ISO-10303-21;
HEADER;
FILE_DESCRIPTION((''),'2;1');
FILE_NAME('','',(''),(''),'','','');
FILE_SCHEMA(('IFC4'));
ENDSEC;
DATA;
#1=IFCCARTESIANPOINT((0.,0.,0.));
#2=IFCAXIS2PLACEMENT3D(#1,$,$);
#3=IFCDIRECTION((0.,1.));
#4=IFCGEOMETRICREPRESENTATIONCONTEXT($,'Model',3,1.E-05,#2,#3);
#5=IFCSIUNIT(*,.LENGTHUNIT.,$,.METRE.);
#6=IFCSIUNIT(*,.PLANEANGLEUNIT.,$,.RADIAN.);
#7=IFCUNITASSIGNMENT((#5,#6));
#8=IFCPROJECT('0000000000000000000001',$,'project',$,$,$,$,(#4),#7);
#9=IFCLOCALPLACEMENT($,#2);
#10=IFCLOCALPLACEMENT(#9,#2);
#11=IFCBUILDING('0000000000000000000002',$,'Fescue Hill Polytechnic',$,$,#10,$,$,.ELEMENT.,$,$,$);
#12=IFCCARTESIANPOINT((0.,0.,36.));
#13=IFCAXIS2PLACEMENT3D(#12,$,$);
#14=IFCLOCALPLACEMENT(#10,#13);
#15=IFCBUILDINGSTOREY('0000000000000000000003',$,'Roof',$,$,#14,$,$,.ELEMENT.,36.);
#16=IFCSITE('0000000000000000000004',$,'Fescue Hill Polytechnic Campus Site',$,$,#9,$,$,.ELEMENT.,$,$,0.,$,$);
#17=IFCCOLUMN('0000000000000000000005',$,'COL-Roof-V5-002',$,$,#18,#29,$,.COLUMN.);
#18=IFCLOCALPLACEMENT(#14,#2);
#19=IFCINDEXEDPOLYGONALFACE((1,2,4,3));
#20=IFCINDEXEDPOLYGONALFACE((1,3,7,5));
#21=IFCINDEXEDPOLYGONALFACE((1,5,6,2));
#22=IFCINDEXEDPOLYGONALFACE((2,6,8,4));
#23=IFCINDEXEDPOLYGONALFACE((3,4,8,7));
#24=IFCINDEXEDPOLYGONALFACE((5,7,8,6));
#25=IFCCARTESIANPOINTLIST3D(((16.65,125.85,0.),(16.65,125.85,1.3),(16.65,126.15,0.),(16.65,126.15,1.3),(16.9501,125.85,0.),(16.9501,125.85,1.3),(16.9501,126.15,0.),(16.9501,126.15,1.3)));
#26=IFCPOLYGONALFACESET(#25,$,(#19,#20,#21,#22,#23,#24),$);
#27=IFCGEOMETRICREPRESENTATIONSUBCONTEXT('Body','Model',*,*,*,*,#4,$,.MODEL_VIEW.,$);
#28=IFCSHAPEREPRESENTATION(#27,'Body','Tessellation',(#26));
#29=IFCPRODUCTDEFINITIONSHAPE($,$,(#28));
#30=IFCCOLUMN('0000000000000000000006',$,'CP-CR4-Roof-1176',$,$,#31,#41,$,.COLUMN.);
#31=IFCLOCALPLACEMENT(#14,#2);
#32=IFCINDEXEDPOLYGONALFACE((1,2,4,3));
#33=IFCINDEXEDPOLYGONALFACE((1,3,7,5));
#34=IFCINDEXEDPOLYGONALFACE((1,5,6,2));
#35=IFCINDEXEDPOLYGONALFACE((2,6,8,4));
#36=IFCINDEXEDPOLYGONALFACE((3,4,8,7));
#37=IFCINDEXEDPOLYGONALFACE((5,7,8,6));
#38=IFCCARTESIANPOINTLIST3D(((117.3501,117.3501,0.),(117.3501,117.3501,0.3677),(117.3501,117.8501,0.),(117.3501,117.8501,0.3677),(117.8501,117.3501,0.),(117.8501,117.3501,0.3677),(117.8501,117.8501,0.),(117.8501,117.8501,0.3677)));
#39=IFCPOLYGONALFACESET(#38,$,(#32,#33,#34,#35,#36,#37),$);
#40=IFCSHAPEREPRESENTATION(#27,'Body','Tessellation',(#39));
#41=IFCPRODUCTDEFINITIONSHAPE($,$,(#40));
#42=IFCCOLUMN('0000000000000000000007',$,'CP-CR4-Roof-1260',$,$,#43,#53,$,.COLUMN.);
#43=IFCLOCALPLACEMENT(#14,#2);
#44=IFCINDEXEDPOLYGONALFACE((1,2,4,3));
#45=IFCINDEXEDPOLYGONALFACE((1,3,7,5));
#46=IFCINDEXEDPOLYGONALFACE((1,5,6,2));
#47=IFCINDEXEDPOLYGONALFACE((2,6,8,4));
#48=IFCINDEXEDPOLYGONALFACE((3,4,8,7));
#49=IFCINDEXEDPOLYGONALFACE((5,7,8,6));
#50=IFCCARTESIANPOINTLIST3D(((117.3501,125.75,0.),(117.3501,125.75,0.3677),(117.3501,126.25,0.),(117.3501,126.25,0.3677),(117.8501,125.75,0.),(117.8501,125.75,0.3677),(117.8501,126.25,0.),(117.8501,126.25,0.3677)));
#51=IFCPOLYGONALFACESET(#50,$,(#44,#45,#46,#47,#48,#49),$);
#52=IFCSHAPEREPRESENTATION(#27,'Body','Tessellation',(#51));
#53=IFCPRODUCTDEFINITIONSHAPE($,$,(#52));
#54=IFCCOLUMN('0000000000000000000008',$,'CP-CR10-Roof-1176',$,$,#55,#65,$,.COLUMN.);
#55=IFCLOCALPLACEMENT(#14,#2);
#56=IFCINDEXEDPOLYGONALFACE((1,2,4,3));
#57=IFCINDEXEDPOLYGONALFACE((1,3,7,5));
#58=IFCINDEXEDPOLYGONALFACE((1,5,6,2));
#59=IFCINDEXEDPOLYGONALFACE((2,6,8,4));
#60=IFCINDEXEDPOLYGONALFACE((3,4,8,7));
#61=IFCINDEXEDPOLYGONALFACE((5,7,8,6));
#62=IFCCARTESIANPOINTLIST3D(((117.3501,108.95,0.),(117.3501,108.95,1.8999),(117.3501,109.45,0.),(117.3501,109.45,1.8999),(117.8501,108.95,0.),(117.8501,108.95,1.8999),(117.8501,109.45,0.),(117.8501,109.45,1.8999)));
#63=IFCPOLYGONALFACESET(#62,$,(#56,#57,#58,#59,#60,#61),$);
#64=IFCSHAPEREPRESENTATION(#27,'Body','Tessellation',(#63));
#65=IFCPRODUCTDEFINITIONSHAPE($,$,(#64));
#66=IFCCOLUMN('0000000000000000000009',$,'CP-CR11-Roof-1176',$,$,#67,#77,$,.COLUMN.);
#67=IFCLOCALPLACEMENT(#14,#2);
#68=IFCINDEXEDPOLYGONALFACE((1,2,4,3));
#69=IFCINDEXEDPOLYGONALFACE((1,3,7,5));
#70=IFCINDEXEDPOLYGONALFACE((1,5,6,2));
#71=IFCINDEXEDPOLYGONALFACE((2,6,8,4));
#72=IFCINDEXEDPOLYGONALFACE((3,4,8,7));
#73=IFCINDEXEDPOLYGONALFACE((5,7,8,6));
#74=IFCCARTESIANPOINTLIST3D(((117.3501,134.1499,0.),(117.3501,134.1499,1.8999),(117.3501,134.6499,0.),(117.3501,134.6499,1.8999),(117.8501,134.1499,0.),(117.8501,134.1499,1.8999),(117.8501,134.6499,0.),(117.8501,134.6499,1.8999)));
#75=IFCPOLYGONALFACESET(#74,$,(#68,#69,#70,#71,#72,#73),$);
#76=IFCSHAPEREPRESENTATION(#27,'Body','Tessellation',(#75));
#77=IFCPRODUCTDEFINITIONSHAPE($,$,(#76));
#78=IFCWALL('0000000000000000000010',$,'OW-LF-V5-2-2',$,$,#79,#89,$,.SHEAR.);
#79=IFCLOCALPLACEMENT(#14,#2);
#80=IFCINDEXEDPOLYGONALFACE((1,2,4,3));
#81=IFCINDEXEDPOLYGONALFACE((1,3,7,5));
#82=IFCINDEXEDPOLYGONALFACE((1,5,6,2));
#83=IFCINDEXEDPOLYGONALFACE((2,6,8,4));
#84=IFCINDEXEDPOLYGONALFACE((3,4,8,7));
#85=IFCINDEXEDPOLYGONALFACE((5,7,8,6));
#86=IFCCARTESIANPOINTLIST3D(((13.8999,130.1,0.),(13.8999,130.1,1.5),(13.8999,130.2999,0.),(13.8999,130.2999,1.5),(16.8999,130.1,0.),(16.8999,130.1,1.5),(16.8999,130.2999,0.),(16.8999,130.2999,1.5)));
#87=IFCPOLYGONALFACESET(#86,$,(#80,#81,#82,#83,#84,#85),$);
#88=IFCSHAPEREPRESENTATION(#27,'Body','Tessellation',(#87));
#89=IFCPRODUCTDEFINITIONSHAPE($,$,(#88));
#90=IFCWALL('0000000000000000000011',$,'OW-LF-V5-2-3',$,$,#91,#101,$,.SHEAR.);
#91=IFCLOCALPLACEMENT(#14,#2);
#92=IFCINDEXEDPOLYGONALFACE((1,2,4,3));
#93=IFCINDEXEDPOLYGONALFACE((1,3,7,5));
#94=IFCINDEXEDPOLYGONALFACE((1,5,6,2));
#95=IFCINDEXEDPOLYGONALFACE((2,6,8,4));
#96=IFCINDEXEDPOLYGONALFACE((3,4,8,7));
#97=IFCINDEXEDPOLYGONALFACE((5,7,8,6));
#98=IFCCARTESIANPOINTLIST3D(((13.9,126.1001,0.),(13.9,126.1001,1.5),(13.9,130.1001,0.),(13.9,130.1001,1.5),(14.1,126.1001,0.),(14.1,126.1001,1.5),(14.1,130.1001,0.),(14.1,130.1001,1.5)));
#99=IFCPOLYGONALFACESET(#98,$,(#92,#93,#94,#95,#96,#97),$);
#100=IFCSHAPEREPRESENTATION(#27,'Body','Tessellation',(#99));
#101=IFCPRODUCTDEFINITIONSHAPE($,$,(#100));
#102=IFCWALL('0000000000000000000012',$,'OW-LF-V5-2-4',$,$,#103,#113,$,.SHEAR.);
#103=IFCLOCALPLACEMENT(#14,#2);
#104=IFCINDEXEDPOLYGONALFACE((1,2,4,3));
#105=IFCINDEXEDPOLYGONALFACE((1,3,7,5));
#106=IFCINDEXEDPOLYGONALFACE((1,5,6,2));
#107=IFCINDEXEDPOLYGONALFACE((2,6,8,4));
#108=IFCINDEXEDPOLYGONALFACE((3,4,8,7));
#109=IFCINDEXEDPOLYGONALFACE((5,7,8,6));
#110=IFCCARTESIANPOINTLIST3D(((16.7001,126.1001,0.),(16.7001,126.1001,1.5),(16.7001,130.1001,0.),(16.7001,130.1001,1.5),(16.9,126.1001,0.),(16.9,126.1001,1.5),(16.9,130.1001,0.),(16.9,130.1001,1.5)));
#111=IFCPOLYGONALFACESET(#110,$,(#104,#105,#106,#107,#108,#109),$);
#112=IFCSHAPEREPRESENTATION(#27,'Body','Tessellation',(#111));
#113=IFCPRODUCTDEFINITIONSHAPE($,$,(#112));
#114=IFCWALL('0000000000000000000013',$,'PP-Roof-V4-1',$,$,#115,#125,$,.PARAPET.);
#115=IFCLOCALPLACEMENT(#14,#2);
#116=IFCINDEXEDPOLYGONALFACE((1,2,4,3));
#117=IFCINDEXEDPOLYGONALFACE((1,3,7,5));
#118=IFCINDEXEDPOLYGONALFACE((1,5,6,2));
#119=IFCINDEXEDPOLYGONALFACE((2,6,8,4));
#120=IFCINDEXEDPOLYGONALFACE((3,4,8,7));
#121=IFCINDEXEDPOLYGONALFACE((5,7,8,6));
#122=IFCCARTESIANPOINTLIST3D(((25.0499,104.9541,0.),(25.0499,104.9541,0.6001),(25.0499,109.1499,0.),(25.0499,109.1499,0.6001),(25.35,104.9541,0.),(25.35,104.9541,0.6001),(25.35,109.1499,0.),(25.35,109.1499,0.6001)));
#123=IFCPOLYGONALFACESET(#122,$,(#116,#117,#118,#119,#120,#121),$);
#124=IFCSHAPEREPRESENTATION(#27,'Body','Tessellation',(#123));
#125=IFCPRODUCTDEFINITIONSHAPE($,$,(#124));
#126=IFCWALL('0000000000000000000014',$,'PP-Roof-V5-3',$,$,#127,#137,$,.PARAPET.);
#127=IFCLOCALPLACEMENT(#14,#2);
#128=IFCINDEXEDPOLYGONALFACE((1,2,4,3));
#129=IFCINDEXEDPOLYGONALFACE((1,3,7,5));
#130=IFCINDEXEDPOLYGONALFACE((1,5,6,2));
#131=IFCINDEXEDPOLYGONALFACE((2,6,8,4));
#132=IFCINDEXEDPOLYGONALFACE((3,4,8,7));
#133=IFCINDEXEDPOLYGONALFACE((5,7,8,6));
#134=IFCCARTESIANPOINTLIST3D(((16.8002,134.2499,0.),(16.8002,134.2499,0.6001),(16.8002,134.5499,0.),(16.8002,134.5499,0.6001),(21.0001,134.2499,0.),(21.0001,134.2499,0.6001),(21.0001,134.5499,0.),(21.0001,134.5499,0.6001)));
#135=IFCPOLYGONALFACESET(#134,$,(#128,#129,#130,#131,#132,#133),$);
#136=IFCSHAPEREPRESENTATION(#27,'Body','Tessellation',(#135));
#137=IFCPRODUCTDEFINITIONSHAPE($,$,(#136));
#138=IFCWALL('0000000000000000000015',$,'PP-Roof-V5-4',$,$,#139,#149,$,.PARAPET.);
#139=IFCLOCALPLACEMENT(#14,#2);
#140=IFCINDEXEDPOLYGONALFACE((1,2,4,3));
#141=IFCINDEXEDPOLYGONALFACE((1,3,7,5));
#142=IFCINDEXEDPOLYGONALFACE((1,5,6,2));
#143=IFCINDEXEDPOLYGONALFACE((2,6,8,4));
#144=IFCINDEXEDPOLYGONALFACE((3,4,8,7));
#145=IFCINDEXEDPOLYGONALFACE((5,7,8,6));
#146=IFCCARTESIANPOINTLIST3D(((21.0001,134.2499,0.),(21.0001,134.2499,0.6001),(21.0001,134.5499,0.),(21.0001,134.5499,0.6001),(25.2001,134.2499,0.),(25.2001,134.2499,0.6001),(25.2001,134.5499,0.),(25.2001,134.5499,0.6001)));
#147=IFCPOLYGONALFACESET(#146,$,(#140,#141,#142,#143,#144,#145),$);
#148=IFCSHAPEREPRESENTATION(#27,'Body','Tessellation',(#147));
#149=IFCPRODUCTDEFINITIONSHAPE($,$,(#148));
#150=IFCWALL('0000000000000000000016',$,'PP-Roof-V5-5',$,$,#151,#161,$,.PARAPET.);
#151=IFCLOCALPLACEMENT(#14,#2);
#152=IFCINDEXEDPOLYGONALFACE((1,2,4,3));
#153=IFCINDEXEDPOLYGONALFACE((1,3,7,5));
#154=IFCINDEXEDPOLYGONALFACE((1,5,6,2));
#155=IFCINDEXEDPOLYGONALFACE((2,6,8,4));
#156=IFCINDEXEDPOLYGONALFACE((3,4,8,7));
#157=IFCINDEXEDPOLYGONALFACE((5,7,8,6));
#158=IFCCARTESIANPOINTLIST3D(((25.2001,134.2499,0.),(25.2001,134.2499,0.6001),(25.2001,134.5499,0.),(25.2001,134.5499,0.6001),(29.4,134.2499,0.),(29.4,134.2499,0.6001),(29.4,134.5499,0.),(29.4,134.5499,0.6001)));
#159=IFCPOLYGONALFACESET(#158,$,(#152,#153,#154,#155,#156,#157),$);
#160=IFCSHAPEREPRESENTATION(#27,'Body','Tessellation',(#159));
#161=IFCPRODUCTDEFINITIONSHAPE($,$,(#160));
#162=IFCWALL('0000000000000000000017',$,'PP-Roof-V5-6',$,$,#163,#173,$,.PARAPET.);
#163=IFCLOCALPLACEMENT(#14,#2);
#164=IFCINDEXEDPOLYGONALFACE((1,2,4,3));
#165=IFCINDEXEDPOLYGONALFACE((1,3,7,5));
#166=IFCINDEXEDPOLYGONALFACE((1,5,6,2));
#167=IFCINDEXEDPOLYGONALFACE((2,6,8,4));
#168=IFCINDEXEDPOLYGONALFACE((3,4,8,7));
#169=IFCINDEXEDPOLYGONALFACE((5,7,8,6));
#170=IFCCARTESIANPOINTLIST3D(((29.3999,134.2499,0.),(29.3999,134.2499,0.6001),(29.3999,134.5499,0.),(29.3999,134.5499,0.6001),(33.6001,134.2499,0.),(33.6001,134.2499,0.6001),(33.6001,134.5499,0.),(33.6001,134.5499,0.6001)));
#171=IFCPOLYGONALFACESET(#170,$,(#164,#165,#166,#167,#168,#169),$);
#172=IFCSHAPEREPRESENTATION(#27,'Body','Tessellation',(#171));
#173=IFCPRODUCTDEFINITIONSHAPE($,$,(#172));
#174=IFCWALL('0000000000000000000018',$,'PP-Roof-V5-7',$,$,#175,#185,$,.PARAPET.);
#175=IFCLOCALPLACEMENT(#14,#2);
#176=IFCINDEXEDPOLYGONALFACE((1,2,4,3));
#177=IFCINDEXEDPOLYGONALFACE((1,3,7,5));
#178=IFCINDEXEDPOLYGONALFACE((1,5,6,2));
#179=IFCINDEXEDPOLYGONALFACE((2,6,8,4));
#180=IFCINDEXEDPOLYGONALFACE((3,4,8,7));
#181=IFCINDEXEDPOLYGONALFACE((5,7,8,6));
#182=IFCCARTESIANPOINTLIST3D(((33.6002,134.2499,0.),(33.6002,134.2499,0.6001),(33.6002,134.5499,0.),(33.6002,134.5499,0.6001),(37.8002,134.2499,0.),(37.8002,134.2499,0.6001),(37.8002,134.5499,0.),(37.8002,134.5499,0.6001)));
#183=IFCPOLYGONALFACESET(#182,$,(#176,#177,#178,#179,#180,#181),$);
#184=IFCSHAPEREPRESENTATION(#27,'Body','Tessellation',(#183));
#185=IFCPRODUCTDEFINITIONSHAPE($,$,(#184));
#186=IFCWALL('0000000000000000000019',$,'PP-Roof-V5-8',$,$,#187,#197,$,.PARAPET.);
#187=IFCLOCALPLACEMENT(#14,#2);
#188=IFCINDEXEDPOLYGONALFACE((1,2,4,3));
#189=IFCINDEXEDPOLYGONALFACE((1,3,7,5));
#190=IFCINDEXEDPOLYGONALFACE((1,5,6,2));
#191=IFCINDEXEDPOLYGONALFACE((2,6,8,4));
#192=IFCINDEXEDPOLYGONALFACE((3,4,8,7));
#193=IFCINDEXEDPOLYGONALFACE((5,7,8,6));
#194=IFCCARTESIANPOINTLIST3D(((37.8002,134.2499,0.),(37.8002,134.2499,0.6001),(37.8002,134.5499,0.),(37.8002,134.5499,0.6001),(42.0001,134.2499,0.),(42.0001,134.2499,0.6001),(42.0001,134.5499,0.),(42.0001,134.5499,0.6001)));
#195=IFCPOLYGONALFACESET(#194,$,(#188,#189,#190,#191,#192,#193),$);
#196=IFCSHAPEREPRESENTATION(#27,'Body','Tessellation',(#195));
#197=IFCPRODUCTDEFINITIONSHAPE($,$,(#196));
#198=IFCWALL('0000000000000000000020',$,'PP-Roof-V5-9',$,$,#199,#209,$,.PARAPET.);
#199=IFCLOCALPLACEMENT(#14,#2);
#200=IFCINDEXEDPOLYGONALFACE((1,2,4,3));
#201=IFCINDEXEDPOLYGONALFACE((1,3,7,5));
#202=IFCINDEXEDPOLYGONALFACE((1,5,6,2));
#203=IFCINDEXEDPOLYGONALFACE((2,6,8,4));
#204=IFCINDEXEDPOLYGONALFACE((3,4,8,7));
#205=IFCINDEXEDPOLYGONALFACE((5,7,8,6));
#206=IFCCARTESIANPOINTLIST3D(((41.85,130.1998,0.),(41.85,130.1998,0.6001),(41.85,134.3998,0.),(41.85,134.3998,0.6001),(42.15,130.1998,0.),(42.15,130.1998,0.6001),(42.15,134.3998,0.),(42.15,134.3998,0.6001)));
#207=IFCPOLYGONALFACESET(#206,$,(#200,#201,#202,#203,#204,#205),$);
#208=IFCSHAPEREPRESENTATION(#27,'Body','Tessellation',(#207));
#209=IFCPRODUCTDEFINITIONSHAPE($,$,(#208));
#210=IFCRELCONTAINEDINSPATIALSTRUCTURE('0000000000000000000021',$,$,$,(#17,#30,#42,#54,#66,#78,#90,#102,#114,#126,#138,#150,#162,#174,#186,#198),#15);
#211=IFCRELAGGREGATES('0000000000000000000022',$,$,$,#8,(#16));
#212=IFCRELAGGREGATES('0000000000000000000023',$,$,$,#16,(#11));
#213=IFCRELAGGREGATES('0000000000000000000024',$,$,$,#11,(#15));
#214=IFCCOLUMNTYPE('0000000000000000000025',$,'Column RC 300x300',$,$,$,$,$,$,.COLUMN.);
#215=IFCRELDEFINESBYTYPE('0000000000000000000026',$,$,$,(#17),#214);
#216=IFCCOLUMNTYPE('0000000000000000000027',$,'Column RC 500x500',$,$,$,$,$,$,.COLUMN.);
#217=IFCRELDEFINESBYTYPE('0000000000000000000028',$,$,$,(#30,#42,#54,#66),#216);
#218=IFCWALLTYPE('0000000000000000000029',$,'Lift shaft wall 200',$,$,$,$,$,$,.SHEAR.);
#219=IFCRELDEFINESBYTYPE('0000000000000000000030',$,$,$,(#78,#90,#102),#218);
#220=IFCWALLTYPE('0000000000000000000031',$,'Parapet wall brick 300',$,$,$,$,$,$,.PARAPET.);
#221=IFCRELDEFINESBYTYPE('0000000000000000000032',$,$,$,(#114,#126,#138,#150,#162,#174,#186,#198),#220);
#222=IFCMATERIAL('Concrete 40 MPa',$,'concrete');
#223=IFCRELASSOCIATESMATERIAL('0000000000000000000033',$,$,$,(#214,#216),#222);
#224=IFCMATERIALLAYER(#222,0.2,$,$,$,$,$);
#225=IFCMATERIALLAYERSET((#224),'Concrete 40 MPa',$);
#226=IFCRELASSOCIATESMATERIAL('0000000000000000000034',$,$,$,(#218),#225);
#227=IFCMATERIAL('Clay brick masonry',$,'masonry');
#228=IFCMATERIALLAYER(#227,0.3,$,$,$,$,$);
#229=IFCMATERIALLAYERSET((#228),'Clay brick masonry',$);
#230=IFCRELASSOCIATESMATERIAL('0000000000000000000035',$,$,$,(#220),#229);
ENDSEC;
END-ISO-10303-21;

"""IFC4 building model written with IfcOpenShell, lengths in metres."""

from ifc_helpers import new_model, si_unit, direction, frame, frame_2d, origin, origin_2d, place, context, subcontext, project, spatial, rectangle, extrude, material, layer, layer_set, material_profile, profile_set, type_object, element, save


model = new_model("IFC4")

# Units and contexts
model_context = context("Model", 3, precision=1e-05, world=origin(), true_north=direction((0.0, 1.0)))
body_context = subcontext(model_context, "Body", "Model", "MODEL_VIEW")
ifc_project = project(units=[si_unit("LENGTHUNIT", "METRE"), si_unit("PLANEANGLEUNIT", "RADIAN")], contexts=[model_context])

# Site, building, storey
site_placement = place(None, origin())
site = spatial("IfcSite", under=ifc_project, at=site_placement, Name="Fescue Hill Polytechnic Campus Site", CompositionType="ELEMENT", RefElevation=0.0)
building_placement = place(site_placement, origin())
building = spatial("IfcBuilding", under=site, at=building_placement, Name="Fescue Hill Polytechnic", CompositionType="ELEMENT")
storey_placement = place(building_placement, frame((0.0, 0.0, 36.0)))
storey = spatial("IfcBuildingStorey", under=building, at=storey_placement, Name="Roof", CompositionType="ELEMENT", Elevation=36.0)

# Columns
ifc_material_1 = material(Name="Concrete 40 MPa", Category="concrete")
ifc_material_profile_1 = material_profile(ifc_material_1, rectangle(XDim=0.3, YDim=0.3, at=origin_2d()), Name="RC 300x300")
ifc_profile_set_1 = profile_set([ifc_material_profile_1], Name="Concrete 40 MPa")
column_type_1 = type_object("IfcColumnType", Name="Column RC 300x300", PredefinedType="COLUMN", material=ifc_profile_set_1)
column_placement = place(storey_placement, frame((16.8, 126.0, 0.0), z_axis=(0.0, 0.0, 1.0), x_axis=(1.0, 0.0, 0.0)))
element("IfcColumn", 1, at=column_placement, inside=storey, type_object=column_type_1, Name="COL-Roof-V5-002", PredefinedType="COLUMN", context=body_context, shape_type="SweptSolid", body=[
    extrude(rectangle(XDim=0.3, YDim=0.3, at=origin_2d()), origin(), (0.0, 0.0, 1.0), 1.3),
])
ifc_material_profile_2 = material_profile(ifc_material_1, rectangle(XDim=0.5, YDim=0.5, at=origin_2d()), Name="RC 500x500")
ifc_profile_set_2 = profile_set([ifc_material_profile_2], Name="Concrete 40 MPa")
column_type_2 = type_object("IfcColumnType", Name="Column RC 500x500", PredefinedType="COLUMN", material=ifc_profile_set_2)
for number, where, z_axis, x_axis, name in (
    (2, (117.6001, 117.6001, 0.0), (0.0, 0.0, 1.0), (1.0, 0.0, 0.0), "CP-CR4-Roof-1176"),
    (3, (117.6001, 126.0, 0.0), (0.0, 0.0, 1.0), (1.0, 0.0, 0.0), "CP-CR4-Roof-1260"),
):
    element("IfcColumn", number, at=place(storey_placement, frame(where, z_axis=z_axis, x_axis=x_axis)), inside=storey, type_object=column_type_2, Name=name, PredefinedType="COLUMN", context=body_context, shape_type="SweptSolid", body=[
        extrude(rectangle(XDim=0.5, YDim=0.5, at=origin_2d()), origin(), (0.0, 0.0, 1.0), 0.3677),
    ])
for number, where, z_axis, x_axis, name in (
    (4, (117.6001, 109.2, 0.0), (0.0, 0.0, 1.0), (1.0, 0.0, 0.0), "CP-CR10-Roof-1176"),
    (5, (117.6001, 134.3999, 0.0), (0.0, 0.0, 1.0), (1.0, 0.0, 0.0), "CP-CR11-Roof-1176"),
):
    element("IfcColumn", number, at=place(storey_placement, frame(where, z_axis=z_axis, x_axis=x_axis)), inside=storey, type_object=column_type_2, Name=name, PredefinedType="COLUMN", context=body_context, shape_type="SweptSolid", body=[
        extrude(rectangle(XDim=0.5, YDim=0.5, at=origin_2d()), origin(), (0.0, 0.0, 1.0), 1.8999),
    ])

# Walls
ifc_layer_1 = layer(ifc_material_1, 0.2)
ifc_layer_set_1 = layer_set([ifc_layer_1], Name="Concrete 40 MPa")
wall_type_1 = type_object("IfcWallType", Name="Lift shaft wall 200", PredefinedType="SHEAR", material=ifc_layer_set_1)
wall_1_placement = place(storey_placement, frame((13.8999, 130.2, 0.0), z_axis=(0.0, 0.0, 1.0), x_axis=(1.0, 0.0, 0.0)))
element("IfcWall", 6, at=wall_1_placement, inside=storey, type_object=wall_type_1, Name="OW-LF-V5-2-2", PredefinedType="SHEAR", context=body_context, shape_type="SweptSolid", body=[
    extrude(rectangle(XDim=3.0, YDim=0.2, at=frame_2d((1.5, 0.0))), origin(), (0.0, 0.0, 1.0), 1.5),
])
for number, where, z_axis, x_axis, name in (
    (7, (14.0, 126.1001, 0.0), (0.0, 0.0, 1.0), (0.0, 1.0, 0.0), "OW-LF-V5-2-3"),
    (8, (16.8, 126.1001, 0.0), (0.0, 0.0, 1.0), (0.0, 1.0, 0.0), "OW-LF-V5-2-4"),
):
    element("IfcWall", number, at=place(storey_placement, frame(where, z_axis=z_axis, x_axis=x_axis)), inside=storey, type_object=wall_type_1, Name=name, PredefinedType="SHEAR", context=body_context, shape_type="SweptSolid", body=[
        extrude(rectangle(XDim=4.0, YDim=0.2, at=frame_2d((2.0, 0.0))), origin(), (0.0, 0.0, 1.0), 1.5),
    ])
ifc_material_2 = material(Name="Clay brick masonry", Category="masonry")
ifc_layer_2 = layer(ifc_material_2, 0.3)
ifc_layer_set_2 = layer_set([ifc_layer_2], Name="Clay brick masonry")
wall_type_2 = type_object("IfcWallType", Name="Parapet wall brick 300", PredefinedType="PARAPET", material=ifc_layer_set_2)
wall_2_placement = place(storey_placement, frame((25.2, 109.1499, 0.0), z_axis=(0.0, 0.0, 1.0), x_axis=(0.0, -1.0, 0.0)))
element("IfcWall", 9, at=wall_2_placement, inside=storey, type_object=wall_type_2, Name="PP-Roof-V4-1", PredefinedType="PARAPET", context=body_context, shape_type="SweptSolid", body=[
    extrude(rectangle(XDim=4.1958, YDim=0.3, at=frame_2d((2.0979, 0.0))), origin(), (0.0, 0.0, 1.0), 0.6001),
])
for number, where, z_axis, x_axis, name in (
    (10, (16.8, 134.3999, 0.0), (0.0, 0.0, 1.0), (1.0, 0.0, 0.0), "PP-Roof-V5-3"),
    (11, (21.0, 134.3999, 0.0), (0.0, 0.0, 1.0), (1.0, 0.0, 0.0), "PP-Roof-V5-4"),
    (12, (25.2, 134.3999, 0.0), (0.0, 0.0, 1.0), (1.0, 0.0, 0.0), "PP-Roof-V5-5"),
):
    element("IfcWall", number, at=place(storey_placement, frame(where, z_axis=z_axis, x_axis=x_axis)), inside=storey, type_object=wall_type_2, Name=name, PredefinedType="PARAPET", context=body_context, shape_type="SweptSolid", body=[
        extrude(rectangle(XDim=4.2, YDim=0.3, at=frame_2d((2.1001, 0.0))), origin(), (0.0, 0.0, 1.0), 0.6001),
    ])
wall_3_placement = place(storey_placement, frame((29.3999, 134.3999, 0.0), z_axis=(0.0, 0.0, 1.0), x_axis=(1.0, 0.0, 0.0)))
element("IfcWall", 13, at=wall_3_placement, inside=storey, type_object=wall_type_2, Name="PP-Roof-V5-6", PredefinedType="PARAPET", context=body_context, shape_type="SweptSolid", body=[
    extrude(rectangle(XDim=4.2002, YDim=0.3, at=frame_2d((2.1001, 0.0))), origin(), (0.0, 0.0, 1.0), 0.6001),
])
for number, where, z_axis, x_axis, name in (
    (14, (33.6001, 134.3999, 0.0), (0.0, 0.0, 1.0), (1.0, 0.0, 0.0), "PP-Roof-V5-7"),
    (15, (37.8, 134.3999, 0.0), (0.0, 0.0, 1.0), (1.0, 0.0, 0.0), "PP-Roof-V5-8"),
    (16, (42.0, 134.3999, 0.0), (0.0, 0.0, 1.0), (0.0, -1.0, 0.0), "PP-Roof-V5-9"),
):
    element("IfcWall", number, at=place(storey_placement, frame(where, z_axis=z_axis, x_axis=x_axis)), inside=storey, type_object=wall_type_2, Name=name, PredefinedType="PARAPET", context=body_context, shape_type="SweptSolid", body=[
        extrude(rectangle(XDim=4.2, YDim=0.3, at=frame_2d((2.1001, 0.0))), origin(), (0.0, 0.0, 1.0), 0.6001),
    ])

save(model, "model.ifc")
